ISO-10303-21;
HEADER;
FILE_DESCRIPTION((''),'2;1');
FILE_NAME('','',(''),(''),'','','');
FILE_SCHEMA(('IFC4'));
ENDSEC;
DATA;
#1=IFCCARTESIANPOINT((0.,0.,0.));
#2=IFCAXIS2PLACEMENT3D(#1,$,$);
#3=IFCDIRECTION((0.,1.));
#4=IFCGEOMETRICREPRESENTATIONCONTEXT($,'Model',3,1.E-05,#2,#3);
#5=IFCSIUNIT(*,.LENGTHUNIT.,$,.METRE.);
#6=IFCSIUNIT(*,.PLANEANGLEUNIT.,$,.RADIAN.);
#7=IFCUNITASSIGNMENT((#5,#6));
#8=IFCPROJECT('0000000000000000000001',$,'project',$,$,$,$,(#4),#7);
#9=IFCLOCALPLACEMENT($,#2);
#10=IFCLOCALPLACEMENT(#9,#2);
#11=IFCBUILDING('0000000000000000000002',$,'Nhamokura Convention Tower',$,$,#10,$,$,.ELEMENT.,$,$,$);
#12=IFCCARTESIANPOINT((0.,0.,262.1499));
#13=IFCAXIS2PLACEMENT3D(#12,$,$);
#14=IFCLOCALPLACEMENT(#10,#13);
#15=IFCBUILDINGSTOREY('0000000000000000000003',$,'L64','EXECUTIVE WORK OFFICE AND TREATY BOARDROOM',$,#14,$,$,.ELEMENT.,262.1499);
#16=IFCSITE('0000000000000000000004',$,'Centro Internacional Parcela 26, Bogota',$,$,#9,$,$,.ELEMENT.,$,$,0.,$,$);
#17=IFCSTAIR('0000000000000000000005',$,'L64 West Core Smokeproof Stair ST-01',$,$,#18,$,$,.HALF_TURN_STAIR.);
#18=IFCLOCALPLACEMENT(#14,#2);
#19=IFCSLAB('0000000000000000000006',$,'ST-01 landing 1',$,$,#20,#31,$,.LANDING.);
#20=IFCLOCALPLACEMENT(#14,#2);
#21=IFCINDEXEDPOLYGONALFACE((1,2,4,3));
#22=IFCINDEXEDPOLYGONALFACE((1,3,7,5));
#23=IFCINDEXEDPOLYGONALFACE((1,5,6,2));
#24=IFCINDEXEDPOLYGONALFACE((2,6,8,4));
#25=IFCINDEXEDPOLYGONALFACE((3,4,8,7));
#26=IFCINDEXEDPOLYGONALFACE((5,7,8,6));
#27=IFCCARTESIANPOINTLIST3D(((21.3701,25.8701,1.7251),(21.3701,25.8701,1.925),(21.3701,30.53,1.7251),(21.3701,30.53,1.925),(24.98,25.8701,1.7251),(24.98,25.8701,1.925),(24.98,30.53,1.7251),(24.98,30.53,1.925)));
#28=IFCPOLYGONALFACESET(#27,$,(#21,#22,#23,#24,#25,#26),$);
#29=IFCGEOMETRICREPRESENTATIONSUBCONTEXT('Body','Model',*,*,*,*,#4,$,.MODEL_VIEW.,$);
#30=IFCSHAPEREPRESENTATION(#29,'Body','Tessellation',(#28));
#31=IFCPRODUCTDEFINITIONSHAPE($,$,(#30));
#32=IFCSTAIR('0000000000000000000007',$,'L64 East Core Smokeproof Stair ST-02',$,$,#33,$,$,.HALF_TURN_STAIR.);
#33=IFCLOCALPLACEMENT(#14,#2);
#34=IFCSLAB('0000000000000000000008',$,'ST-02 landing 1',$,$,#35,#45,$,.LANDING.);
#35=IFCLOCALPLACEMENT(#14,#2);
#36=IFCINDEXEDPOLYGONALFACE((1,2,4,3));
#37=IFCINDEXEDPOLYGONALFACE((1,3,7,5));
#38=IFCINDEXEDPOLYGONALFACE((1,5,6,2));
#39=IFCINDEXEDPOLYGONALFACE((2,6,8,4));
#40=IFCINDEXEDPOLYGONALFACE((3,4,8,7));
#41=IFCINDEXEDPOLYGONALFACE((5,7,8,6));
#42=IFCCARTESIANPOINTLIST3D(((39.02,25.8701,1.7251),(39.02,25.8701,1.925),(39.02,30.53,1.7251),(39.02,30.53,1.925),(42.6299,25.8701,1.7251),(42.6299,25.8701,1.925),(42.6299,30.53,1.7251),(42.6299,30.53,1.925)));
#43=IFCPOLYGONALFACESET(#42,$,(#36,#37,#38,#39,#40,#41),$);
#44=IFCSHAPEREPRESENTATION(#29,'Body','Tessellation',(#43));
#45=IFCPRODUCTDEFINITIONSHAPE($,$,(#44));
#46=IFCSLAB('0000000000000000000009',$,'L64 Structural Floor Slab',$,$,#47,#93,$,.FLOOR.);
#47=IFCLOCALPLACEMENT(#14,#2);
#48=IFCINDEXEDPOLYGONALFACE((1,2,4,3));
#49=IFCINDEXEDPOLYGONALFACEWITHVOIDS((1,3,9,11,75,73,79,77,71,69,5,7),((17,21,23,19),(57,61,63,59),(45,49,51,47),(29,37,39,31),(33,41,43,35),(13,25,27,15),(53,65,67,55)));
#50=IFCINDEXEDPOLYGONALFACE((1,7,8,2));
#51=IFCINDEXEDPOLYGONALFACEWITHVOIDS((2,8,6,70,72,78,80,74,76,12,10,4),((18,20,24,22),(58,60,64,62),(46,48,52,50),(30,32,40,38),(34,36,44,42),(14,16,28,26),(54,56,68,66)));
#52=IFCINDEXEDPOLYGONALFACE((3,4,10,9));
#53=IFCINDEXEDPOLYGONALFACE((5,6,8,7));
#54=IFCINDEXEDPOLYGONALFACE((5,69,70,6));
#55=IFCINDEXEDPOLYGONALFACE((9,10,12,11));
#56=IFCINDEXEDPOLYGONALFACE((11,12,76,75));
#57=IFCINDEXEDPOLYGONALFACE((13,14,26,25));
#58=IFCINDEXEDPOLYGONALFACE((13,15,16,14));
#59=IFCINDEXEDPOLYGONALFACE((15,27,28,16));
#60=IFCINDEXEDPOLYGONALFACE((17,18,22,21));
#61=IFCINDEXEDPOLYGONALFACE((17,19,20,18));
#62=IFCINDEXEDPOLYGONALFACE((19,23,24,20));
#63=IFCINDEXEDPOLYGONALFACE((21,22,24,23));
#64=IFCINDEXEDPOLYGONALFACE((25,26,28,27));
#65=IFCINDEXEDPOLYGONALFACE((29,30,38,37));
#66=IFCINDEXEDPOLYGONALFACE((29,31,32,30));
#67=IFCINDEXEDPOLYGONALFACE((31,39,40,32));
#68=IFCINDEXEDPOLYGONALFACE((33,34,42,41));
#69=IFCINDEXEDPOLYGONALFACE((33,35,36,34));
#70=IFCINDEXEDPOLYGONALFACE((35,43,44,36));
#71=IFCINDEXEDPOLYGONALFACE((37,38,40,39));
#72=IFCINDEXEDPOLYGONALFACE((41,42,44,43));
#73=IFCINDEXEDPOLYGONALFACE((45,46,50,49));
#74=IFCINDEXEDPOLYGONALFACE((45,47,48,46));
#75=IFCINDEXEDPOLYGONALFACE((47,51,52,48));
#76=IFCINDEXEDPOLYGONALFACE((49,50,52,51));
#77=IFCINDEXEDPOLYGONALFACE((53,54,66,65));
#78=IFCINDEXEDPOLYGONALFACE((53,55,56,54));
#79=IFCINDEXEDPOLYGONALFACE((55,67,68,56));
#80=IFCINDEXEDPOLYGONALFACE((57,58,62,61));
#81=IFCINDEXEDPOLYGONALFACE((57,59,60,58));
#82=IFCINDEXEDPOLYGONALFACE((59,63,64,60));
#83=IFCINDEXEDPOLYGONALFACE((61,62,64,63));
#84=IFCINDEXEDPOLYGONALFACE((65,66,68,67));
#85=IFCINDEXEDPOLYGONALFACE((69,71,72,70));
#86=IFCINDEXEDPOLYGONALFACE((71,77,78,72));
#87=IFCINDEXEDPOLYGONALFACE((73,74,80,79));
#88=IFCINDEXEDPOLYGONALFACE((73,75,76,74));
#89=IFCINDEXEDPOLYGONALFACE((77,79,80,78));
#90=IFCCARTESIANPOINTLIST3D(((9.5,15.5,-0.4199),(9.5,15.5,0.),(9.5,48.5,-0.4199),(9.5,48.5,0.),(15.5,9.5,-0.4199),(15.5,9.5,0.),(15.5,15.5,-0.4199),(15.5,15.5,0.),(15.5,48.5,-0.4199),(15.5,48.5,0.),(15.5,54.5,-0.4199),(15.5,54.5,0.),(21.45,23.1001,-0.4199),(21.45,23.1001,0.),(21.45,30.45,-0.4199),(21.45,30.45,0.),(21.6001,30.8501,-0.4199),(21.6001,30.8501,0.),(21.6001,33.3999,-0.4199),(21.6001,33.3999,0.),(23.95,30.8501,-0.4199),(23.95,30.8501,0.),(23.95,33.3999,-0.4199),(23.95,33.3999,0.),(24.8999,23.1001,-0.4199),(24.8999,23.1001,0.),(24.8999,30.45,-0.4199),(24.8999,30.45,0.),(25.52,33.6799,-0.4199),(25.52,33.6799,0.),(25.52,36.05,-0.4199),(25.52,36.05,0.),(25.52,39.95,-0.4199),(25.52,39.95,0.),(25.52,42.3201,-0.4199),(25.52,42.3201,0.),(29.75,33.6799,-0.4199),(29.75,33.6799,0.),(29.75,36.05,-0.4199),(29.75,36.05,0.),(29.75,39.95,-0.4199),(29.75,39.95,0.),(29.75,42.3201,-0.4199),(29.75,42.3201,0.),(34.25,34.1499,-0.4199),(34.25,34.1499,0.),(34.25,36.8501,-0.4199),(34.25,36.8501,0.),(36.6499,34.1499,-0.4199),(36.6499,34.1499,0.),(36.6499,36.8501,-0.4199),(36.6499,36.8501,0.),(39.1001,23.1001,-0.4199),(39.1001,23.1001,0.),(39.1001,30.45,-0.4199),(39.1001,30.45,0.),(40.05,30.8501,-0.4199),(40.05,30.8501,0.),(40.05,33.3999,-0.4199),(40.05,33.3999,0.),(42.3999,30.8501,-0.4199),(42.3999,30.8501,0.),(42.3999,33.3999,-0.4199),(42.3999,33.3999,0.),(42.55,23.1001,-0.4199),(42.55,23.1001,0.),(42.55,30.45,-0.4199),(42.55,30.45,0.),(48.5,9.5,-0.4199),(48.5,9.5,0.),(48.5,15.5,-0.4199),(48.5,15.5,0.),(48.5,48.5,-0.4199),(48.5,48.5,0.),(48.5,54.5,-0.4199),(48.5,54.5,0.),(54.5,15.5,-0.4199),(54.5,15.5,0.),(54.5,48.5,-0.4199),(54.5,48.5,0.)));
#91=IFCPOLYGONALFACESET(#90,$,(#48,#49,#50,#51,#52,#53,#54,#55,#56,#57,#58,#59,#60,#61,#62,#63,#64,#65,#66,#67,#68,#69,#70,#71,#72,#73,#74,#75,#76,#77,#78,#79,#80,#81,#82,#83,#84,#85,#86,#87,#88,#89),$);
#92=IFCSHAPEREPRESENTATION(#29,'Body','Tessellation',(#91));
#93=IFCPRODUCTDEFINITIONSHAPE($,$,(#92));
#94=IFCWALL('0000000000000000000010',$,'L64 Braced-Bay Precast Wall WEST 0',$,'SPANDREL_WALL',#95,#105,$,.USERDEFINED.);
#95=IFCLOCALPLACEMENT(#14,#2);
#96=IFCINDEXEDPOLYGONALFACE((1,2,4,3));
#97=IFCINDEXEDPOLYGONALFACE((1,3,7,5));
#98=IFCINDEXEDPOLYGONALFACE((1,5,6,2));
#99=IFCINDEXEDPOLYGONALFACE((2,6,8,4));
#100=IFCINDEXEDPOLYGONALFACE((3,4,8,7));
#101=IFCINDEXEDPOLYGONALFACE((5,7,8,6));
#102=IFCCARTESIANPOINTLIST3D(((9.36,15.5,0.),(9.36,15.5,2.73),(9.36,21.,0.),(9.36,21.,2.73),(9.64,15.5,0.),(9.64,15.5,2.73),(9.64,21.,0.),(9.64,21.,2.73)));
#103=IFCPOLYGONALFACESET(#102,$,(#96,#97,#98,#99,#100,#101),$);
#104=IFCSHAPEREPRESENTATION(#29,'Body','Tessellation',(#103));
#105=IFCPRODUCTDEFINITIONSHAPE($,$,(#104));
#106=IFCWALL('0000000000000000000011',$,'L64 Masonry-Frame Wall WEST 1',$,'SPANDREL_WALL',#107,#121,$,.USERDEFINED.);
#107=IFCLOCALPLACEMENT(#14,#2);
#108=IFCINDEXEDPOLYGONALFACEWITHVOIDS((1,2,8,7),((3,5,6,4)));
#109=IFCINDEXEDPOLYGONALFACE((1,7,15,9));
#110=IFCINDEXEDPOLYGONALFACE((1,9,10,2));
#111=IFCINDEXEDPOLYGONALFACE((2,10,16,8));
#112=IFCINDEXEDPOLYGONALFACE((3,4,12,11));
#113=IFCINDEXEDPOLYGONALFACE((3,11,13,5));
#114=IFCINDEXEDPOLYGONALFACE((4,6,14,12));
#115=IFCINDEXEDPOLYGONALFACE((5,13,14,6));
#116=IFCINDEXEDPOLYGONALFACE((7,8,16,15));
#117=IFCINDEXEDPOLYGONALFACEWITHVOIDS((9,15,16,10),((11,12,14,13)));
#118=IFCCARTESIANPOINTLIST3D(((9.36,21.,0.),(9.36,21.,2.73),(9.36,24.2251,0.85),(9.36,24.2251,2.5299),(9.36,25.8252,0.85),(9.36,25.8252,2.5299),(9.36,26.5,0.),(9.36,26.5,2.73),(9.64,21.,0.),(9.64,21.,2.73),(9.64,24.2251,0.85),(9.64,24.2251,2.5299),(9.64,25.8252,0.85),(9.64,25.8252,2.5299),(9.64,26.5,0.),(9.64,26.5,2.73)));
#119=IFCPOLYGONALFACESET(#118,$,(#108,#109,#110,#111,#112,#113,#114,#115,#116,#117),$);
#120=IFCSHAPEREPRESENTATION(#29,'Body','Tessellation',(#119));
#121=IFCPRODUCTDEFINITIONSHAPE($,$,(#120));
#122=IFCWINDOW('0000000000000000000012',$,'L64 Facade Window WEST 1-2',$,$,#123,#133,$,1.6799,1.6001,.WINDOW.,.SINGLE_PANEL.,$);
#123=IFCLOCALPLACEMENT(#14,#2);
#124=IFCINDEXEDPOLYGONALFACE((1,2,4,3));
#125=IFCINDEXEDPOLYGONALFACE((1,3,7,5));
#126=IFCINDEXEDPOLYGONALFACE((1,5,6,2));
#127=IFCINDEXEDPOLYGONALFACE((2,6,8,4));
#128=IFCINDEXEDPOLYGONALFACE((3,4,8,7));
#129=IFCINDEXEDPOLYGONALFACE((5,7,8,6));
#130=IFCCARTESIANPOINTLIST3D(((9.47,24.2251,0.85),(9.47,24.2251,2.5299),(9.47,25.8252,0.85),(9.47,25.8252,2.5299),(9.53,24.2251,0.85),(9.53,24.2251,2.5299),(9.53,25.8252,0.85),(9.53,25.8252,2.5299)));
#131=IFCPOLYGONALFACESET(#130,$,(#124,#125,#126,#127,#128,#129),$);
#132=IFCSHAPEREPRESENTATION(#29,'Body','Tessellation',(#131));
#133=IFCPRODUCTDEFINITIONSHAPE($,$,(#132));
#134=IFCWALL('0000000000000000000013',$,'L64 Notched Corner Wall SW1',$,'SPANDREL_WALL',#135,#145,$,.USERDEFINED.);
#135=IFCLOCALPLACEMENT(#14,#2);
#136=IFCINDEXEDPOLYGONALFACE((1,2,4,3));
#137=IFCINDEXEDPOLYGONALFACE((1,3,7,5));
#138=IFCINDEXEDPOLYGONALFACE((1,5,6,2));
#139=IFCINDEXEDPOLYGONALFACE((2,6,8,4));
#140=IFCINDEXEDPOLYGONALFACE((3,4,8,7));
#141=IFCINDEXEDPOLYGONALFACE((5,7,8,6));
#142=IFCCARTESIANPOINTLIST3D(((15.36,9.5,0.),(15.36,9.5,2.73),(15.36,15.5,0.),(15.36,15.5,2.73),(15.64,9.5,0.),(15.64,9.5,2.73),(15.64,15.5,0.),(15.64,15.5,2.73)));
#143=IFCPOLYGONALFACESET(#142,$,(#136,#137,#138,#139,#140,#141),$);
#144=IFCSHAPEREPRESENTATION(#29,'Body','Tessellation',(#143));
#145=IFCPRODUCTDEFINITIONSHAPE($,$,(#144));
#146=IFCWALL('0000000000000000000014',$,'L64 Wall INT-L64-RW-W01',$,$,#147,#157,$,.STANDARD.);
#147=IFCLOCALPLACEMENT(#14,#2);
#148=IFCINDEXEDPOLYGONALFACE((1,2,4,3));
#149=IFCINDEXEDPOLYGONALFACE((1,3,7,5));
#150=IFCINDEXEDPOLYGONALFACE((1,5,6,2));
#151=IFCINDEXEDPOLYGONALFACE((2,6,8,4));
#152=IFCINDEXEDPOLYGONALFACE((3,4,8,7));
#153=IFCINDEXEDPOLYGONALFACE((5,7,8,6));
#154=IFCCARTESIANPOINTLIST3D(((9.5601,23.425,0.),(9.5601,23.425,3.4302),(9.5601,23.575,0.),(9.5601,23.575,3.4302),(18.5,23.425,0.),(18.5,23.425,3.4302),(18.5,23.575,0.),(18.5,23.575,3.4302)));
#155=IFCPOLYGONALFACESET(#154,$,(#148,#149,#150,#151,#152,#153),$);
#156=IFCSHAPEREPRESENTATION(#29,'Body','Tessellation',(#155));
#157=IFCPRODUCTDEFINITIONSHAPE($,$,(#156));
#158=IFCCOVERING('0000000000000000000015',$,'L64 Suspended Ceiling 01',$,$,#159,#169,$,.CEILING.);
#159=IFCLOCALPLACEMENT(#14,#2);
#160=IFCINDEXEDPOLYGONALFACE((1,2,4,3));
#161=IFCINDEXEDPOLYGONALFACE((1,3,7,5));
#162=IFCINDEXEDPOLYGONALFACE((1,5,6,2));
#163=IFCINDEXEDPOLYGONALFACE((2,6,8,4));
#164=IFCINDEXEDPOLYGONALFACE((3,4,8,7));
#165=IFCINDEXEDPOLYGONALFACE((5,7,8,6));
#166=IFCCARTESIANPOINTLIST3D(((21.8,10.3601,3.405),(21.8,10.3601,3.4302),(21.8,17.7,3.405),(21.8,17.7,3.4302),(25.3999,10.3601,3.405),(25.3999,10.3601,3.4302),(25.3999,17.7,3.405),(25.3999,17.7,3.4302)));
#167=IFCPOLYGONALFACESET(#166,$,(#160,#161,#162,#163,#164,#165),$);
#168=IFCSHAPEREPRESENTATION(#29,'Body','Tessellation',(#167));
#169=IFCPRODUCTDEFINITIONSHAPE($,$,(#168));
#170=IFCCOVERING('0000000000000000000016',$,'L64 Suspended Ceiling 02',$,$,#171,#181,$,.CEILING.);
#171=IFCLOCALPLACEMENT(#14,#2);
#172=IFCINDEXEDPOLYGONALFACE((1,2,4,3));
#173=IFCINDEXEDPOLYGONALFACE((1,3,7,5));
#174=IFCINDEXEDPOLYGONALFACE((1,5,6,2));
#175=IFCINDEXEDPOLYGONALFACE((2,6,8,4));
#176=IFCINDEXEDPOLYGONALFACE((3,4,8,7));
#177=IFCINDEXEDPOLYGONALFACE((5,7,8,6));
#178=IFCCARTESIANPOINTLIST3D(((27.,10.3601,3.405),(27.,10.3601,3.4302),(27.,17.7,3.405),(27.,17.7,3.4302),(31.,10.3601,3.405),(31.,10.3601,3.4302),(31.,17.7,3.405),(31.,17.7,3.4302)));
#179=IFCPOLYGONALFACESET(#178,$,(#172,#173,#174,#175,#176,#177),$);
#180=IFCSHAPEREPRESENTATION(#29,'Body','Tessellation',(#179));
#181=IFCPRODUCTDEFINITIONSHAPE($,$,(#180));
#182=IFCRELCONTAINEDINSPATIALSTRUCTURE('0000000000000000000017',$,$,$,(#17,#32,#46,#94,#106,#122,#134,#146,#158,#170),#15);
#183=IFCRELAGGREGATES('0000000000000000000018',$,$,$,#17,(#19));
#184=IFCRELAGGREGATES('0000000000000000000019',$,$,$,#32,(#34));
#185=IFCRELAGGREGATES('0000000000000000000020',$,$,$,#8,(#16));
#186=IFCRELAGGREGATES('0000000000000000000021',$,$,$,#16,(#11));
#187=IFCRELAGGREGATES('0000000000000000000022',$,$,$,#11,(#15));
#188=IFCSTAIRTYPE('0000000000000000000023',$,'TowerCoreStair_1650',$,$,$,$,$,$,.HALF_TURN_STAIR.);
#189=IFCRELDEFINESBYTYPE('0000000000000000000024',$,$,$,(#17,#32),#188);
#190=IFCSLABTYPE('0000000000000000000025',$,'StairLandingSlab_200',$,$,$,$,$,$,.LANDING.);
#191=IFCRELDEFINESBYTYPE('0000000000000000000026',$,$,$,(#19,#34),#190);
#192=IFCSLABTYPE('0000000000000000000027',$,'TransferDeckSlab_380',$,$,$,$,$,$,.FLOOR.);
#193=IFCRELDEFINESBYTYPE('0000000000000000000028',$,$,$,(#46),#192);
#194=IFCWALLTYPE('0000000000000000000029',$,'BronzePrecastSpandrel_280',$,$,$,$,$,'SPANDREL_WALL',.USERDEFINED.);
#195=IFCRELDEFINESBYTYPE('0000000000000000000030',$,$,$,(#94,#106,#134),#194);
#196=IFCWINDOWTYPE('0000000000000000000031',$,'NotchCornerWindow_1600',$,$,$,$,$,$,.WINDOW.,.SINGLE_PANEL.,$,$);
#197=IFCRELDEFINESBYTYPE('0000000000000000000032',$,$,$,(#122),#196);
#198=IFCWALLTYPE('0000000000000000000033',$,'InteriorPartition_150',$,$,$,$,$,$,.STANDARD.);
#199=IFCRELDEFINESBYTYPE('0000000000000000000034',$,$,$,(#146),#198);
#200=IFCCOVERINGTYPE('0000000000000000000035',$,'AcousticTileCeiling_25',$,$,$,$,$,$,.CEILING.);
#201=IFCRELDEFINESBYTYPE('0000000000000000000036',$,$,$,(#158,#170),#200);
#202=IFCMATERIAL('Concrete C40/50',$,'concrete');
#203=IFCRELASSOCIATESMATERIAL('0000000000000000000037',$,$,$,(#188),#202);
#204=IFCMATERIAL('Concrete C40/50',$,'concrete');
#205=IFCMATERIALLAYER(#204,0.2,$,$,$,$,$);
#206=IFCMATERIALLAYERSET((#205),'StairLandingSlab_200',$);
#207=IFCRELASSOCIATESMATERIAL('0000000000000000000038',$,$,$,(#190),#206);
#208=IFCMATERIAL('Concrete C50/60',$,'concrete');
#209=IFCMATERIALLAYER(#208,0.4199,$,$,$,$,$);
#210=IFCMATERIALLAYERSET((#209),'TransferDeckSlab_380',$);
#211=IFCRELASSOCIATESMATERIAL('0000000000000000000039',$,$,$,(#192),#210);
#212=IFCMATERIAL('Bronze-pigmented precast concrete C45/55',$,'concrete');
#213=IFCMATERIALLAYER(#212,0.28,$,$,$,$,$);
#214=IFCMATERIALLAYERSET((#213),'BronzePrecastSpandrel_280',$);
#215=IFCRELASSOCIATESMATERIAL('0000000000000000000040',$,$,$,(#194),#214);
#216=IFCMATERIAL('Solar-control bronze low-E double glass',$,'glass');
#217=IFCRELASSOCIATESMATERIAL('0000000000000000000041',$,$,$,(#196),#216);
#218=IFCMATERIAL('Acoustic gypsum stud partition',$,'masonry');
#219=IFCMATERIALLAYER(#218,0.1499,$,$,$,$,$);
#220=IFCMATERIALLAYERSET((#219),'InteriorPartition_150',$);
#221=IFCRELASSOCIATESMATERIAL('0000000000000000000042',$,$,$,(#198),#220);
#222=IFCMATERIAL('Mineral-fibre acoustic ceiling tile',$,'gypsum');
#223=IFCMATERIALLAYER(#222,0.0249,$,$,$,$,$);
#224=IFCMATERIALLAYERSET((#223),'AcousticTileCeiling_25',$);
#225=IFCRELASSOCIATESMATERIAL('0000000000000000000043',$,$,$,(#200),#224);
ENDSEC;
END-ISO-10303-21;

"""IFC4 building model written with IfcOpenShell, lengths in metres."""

from ifc_helpers import new_model, si_unit, direction, frame, frame_2d, origin, place, context, subcontext, project, spatial, polyline, rectangle, outline, extrude, material, layer, layer_set, type_object, element, fill, aggregate, save


model = new_model("IFC4")

# Units and contexts
model_context = context("Model", 3, precision=1e-05, world=origin(), true_north=direction((0.0, 1.0)))
body_context = subcontext(model_context, "Body", "Model", "MODEL_VIEW")
ifc_project = project(units=[si_unit("LENGTHUNIT", "METRE"), si_unit("PLANEANGLEUNIT", "RADIAN")], contexts=[model_context])

# Site, building, storey
site_placement = place(None, origin())
site = spatial("IfcSite", under=ifc_project, at=site_placement, Name="Centro Internacional Parcela 26, Bogota", CompositionType="ELEMENT", RefElevation=0.0)
building_placement = place(site_placement, origin())
building = spatial("IfcBuilding", under=site, at=building_placement, Name="Nhamokura Convention Tower", CompositionType="ELEMENT")
storey_placement = place(building_placement, frame((0.0, 0.0, 262.1499)))
storey = spatial("IfcBuildingStorey", under=building, at=storey_placement, Name="L64", Description="EXECUTIVE WORK OFFICE AND TREATY BOARDROOM", CompositionType="ELEMENT", Elevation=262.1499)

# Stairs, slabs
ifc_material_1 = material(Name="Concrete C40/50", Category="concrete")
stair_type = type_object("IfcStairType", Name="TowerCoreStair_1650", PredefinedType="HALF_TURN_STAIR", material=ifc_material_1)
stair_1_placement = place(storey_placement, origin())
stair_1 = element("IfcStair", 1, at=stair_1_placement, inside=storey, type_object=stair_type, Name="L64 West Core Smokeproof Stair ST-01", PredefinedType="HALF_TURN_STAIR")
ifc_material_2 = material(Name="Concrete C40/50", Category="concrete")
ifc_layer_1 = layer(ifc_material_2, 0.2)
ifc_layer_set_1 = layer_set([ifc_layer_1], Name="StairLandingSlab_200")
slab_type_1 = type_object("IfcSlabType", Name="StairLandingSlab_200", PredefinedType="LANDING", material=ifc_layer_set_1)
slab_1_placement = place(storey_placement, frame((0.0, 0.0, 1.7251)))
slab_1 = element("IfcSlab", 2, at=slab_1_placement, type_object=slab_type_1, Name="ST-01 landing 1", PredefinedType="LANDING", context=body_context, shape_type="SweptSolid", body=[
    extrude(outline(polyline([(24.98, 25.8701), (24.98, 30.53), (21.3701, 30.53), (21.3701, 25.8701), (24.98, 25.8701)])), origin(), (0.0, 0.0, 1.0), 0.2),
])
aggregate(stair_1, [slab_1])
stair_2_placement = place(storey_placement, origin())
stair_2 = element("IfcStair", 3, at=stair_2_placement, inside=storey, type_object=stair_type, Name="L64 East Core Smokeproof Stair ST-02", PredefinedType="HALF_TURN_STAIR")
slab_2_placement = place(storey_placement, frame((0.0, 0.0, 1.7251)))
slab_2 = element("IfcSlab", 4, at=slab_2_placement, type_object=slab_type_1, Name="ST-02 landing 1", PredefinedType="LANDING", context=body_context, shape_type="SweptSolid", body=[
    extrude(outline(polyline([(42.6299, 25.8701), (42.6299, 30.53), (39.02, 30.53), (39.02, 25.8701), (42.6299, 25.8701)])), origin(), (0.0, 0.0, 1.0), 0.2),
])
aggregate(stair_2, [slab_2])

# Slab
ifc_material_3 = material(Name="Concrete C50/60", Category="concrete")
ifc_layer_2 = layer(ifc_material_3, 0.4199)
ifc_layer_set_2 = layer_set([ifc_layer_2], Name="TransferDeckSlab_380")
slab_type_2 = type_object("IfcSlabType", Name="TransferDeckSlab_380", PredefinedType="FLOOR", material=ifc_layer_set_2)
slab_3_placement = place(storey_placement, frame((0.0, 0.0, -0.4199)))
element("IfcSlab", 5, at=slab_3_placement, inside=storey, type_object=slab_type_2, Name="L64 Structural Floor Slab", PredefinedType="FLOOR", context=body_context, shape_type="SweptSolid", body=[
    extrude(outline(polyline([(15.5, 9.5), (48.5, 9.5), (48.5, 15.5), (54.5, 15.5), (54.5, 48.5), (48.5, 48.5), (48.5, 54.5), (15.5, 54.5), (15.5, 48.5), (9.5, 48.5), (9.5, 15.5), (15.5, 15.5), (15.5, 9.5)]), holes=[polyline([(24.8999, 23.1001), (24.8999, 30.45), (21.45, 30.45), (21.45, 23.1001), (24.8999, 23.1001)]), polyline([(42.55, 23.1001), (42.55, 30.45), (39.1001, 30.45), (39.1001, 23.1001), (42.55, 23.1001)]), polyline([(21.6001, 30.8501), (23.95, 30.8501), (23.95, 33.3999), (21.6001, 33.3999), (21.6001, 30.8501)]), polyline([(40.05, 30.8501), (42.3999, 30.8501), (42.3999, 33.3999), (40.05, 33.3999), (40.05, 30.8501)]), polyline([(34.25, 34.1499), (36.6499, 34.1499), (36.6499, 36.8501), (34.25, 36.8501), (34.25, 34.1499)]), polyline([(25.52, 33.6799), (29.75, 33.6799), (29.75, 36.05), (25.52, 36.05), (25.52, 33.6799)]), polyline([(25.52, 39.95), (29.75, 39.95), (29.75, 42.3201), (25.52, 42.3201), (25.52, 39.95)])]), origin(), (0.0, 0.0, 1.0), 0.4199),
])

# Wall
ifc_material_4 = material(Name="Bronze-pigmented precast concrete C45/55", Category="concrete")
ifc_layer_3 = layer(ifc_material_4, 0.28)
ifc_layer_set_3 = layer_set([ifc_layer_3], Name="BronzePrecastSpandrel_280")
wall_type_1 = type_object("IfcWallType", Name="BronzePrecastSpandrel_280", ElementType="SPANDREL_WALL", PredefinedType="USERDEFINED", material=ifc_layer_set_3)
wall_1_placement = place(storey_placement, frame((9.5, 15.5, 0.0), z_axis=(0.0, 0.0, 1.0), x_axis=(0.0, 1.0, 0.0)))
element("IfcWall", 6, at=wall_1_placement, inside=storey, type_object=wall_type_1, Name="L64 Braced-Bay Precast Wall WEST 0", ObjectType="SPANDREL_WALL", PredefinedType="USERDEFINED", context=body_context, shape_type="SweptSolid", body=[
    extrude(rectangle(XDim=5.5, YDim=0.28, at=frame_2d((2.75, 0.0))), origin(), (0.0, 0.0, 1.0), 2.73),
])

# Wall, opening, window
wall_2_placement = place(storey_placement, frame((9.5, 21.0, 0.0), z_axis=(0.0, 0.0, 1.0), x_axis=(0.0, 1.0, 0.0)))
wall_2 = element("IfcWall", 7, at=wall_2_placement, inside=storey, type_object=wall_type_1, Name="L64 Masonry-Frame Wall WEST 1", ObjectType="SPANDREL_WALL", PredefinedType="USERDEFINED", context=body_context, shape_type="SweptSolid", body=[
    extrude(rectangle(XDim=5.5, YDim=0.28, at=frame_2d((2.75, 0.0))), origin(), (0.0, 0.0, 1.0), 2.73),
])
opening_placement = place(wall_2_placement, frame((3.2251, 0.0, 0.8501)))
opening = element("IfcOpeningElement", 8, at=opening_placement, cuts=wall_2, PredefinedType="OPENING", context=body_context, shape_type="SweptSolid", body=[
    extrude(rectangle(XDim=1.6001, YDim=1.6799, at=frame_2d((0.8, 0.8398))), frame((0.0, 0.1499, 0.0), z_axis=(0.0, -1.0, 0.0), x_axis=(1.0, 0.0, 0.0)), (0.0, 0.0, 1.0), 0.3),
])
ifc_material_5 = material(Name="Solar-control bronze low-E double glass", Category="glass")
window_type = type_object("IfcWindowType", Name="NotchCornerWindow_1600", PartitioningType="SINGLE_PANEL", PredefinedType="WINDOW", material=ifc_material_5)
window_placement = place(opening_placement, origin())
window = element("IfcWindow", 9, at=window_placement, inside=storey, type_object=window_type, Name="L64 Facade Window WEST 1-2", OverallHeight=1.6799, OverallWidth=1.6001, PartitioningType="SINGLE_PANEL", PredefinedType="WINDOW", context=body_context, shape_type="SweptSolid", body=[
    extrude(rectangle(XDim=1.6001, YDim=1.6799, at=frame_2d((0.8, 0.8398))), frame((0.0, 0.03, 0.0), z_axis=(0.0, -1.0, 0.0), x_axis=(1.0, 0.0, 0.0)), (0.0, 0.0, 1.0), 0.0601),
])
fill(opening, window)

# Walls
wall_3_placement = place(storey_placement, frame((15.5, 9.5, 0.0), z_axis=(0.0, 0.0, 1.0), x_axis=(0.0, 1.0, 0.0)))
element("IfcWall", 10, at=wall_3_placement, inside=storey, type_object=wall_type_1, Name="L64 Notched Corner Wall SW1", ObjectType="SPANDREL_WALL", PredefinedType="USERDEFINED", context=body_context, shape_type="SweptSolid", body=[
    extrude(rectangle(XDim=6.0, YDim=0.28, at=frame_2d((3.0, 0.0))), origin(), (0.0, 0.0, 1.0), 2.73),
])
ifc_material_6 = material(Name="Acoustic gypsum stud partition", Category="masonry")
ifc_layer_4 = layer(ifc_material_6, 0.1499)
ifc_layer_set_4 = layer_set([ifc_layer_4], Name="InteriorPartition_150")
wall_type_2 = type_object("IfcWallType", Name="InteriorPartition_150", PredefinedType="STANDARD", material=ifc_layer_set_4)
wall_4_placement = place(storey_placement, frame((9.5601, 23.5, 0.0), z_axis=(0.0, 0.0, 1.0), x_axis=(1.0, 0.0, 0.0)))
element("IfcWall", 11, at=wall_4_placement, inside=storey, type_object=wall_type_2, Name="L64 Wall INT-L64-RW-W01", PredefinedType="STANDARD", context=body_context, shape_type="SweptSolid", body=[
    extrude(rectangle(XDim=8.9399, YDim=0.1499, at=frame_2d((4.47, 0.0))), origin(), (0.0, 0.0, 1.0), 3.4302),
])

# Coverings
ifc_material_7 = material(Name="Mineral-fibre acoustic ceiling tile", Category="gypsum")
ifc_layer_5 = layer(ifc_material_7, 0.0249)
ifc_layer_set_5 = layer_set([ifc_layer_5], Name="AcousticTileCeiling_25")
covering_type_1 = type_object("IfcCoveringType", Name="AcousticTileCeiling_25", PredefinedType="CEILING", material=ifc_layer_set_5)
covering_1_placement = place(storey_placement, frame((0.0, 0.0, 3.405)))
element("IfcCovering", 12, at=covering_1_placement, inside=storey, type_object=covering_type_1, Name="L64 Suspended Ceiling 01", PredefinedType="CEILING", context=body_context, shape_type="SweptSolid", body=[
    extrude(outline(polyline([(21.8, 10.3601), (25.3999, 10.3601), (25.3999, 17.7), (21.8, 17.7), (21.8, 10.3601)])), origin(), (0.0, 0.0, 1.0), 0.0251),
])
covering_2_placement = place(storey_placement, frame((0.0, 0.0, 3.405)))
element("IfcCovering", 13, at=covering_2_placement, inside=storey, type_object=covering_type_1, Name="L64 Suspended Ceiling 02", PredefinedType="CEILING", context=body_context, shape_type="SweptSolid", body=[
    extrude(outline(polyline([(27.0, 10.3601), (31.0, 10.3601), (31.0, 17.7), (27.0, 17.7), (27.0, 10.3601)])), origin(), (0.0, 0.0, 1.0), 0.0251),
])

save(model, "model.ifc")
